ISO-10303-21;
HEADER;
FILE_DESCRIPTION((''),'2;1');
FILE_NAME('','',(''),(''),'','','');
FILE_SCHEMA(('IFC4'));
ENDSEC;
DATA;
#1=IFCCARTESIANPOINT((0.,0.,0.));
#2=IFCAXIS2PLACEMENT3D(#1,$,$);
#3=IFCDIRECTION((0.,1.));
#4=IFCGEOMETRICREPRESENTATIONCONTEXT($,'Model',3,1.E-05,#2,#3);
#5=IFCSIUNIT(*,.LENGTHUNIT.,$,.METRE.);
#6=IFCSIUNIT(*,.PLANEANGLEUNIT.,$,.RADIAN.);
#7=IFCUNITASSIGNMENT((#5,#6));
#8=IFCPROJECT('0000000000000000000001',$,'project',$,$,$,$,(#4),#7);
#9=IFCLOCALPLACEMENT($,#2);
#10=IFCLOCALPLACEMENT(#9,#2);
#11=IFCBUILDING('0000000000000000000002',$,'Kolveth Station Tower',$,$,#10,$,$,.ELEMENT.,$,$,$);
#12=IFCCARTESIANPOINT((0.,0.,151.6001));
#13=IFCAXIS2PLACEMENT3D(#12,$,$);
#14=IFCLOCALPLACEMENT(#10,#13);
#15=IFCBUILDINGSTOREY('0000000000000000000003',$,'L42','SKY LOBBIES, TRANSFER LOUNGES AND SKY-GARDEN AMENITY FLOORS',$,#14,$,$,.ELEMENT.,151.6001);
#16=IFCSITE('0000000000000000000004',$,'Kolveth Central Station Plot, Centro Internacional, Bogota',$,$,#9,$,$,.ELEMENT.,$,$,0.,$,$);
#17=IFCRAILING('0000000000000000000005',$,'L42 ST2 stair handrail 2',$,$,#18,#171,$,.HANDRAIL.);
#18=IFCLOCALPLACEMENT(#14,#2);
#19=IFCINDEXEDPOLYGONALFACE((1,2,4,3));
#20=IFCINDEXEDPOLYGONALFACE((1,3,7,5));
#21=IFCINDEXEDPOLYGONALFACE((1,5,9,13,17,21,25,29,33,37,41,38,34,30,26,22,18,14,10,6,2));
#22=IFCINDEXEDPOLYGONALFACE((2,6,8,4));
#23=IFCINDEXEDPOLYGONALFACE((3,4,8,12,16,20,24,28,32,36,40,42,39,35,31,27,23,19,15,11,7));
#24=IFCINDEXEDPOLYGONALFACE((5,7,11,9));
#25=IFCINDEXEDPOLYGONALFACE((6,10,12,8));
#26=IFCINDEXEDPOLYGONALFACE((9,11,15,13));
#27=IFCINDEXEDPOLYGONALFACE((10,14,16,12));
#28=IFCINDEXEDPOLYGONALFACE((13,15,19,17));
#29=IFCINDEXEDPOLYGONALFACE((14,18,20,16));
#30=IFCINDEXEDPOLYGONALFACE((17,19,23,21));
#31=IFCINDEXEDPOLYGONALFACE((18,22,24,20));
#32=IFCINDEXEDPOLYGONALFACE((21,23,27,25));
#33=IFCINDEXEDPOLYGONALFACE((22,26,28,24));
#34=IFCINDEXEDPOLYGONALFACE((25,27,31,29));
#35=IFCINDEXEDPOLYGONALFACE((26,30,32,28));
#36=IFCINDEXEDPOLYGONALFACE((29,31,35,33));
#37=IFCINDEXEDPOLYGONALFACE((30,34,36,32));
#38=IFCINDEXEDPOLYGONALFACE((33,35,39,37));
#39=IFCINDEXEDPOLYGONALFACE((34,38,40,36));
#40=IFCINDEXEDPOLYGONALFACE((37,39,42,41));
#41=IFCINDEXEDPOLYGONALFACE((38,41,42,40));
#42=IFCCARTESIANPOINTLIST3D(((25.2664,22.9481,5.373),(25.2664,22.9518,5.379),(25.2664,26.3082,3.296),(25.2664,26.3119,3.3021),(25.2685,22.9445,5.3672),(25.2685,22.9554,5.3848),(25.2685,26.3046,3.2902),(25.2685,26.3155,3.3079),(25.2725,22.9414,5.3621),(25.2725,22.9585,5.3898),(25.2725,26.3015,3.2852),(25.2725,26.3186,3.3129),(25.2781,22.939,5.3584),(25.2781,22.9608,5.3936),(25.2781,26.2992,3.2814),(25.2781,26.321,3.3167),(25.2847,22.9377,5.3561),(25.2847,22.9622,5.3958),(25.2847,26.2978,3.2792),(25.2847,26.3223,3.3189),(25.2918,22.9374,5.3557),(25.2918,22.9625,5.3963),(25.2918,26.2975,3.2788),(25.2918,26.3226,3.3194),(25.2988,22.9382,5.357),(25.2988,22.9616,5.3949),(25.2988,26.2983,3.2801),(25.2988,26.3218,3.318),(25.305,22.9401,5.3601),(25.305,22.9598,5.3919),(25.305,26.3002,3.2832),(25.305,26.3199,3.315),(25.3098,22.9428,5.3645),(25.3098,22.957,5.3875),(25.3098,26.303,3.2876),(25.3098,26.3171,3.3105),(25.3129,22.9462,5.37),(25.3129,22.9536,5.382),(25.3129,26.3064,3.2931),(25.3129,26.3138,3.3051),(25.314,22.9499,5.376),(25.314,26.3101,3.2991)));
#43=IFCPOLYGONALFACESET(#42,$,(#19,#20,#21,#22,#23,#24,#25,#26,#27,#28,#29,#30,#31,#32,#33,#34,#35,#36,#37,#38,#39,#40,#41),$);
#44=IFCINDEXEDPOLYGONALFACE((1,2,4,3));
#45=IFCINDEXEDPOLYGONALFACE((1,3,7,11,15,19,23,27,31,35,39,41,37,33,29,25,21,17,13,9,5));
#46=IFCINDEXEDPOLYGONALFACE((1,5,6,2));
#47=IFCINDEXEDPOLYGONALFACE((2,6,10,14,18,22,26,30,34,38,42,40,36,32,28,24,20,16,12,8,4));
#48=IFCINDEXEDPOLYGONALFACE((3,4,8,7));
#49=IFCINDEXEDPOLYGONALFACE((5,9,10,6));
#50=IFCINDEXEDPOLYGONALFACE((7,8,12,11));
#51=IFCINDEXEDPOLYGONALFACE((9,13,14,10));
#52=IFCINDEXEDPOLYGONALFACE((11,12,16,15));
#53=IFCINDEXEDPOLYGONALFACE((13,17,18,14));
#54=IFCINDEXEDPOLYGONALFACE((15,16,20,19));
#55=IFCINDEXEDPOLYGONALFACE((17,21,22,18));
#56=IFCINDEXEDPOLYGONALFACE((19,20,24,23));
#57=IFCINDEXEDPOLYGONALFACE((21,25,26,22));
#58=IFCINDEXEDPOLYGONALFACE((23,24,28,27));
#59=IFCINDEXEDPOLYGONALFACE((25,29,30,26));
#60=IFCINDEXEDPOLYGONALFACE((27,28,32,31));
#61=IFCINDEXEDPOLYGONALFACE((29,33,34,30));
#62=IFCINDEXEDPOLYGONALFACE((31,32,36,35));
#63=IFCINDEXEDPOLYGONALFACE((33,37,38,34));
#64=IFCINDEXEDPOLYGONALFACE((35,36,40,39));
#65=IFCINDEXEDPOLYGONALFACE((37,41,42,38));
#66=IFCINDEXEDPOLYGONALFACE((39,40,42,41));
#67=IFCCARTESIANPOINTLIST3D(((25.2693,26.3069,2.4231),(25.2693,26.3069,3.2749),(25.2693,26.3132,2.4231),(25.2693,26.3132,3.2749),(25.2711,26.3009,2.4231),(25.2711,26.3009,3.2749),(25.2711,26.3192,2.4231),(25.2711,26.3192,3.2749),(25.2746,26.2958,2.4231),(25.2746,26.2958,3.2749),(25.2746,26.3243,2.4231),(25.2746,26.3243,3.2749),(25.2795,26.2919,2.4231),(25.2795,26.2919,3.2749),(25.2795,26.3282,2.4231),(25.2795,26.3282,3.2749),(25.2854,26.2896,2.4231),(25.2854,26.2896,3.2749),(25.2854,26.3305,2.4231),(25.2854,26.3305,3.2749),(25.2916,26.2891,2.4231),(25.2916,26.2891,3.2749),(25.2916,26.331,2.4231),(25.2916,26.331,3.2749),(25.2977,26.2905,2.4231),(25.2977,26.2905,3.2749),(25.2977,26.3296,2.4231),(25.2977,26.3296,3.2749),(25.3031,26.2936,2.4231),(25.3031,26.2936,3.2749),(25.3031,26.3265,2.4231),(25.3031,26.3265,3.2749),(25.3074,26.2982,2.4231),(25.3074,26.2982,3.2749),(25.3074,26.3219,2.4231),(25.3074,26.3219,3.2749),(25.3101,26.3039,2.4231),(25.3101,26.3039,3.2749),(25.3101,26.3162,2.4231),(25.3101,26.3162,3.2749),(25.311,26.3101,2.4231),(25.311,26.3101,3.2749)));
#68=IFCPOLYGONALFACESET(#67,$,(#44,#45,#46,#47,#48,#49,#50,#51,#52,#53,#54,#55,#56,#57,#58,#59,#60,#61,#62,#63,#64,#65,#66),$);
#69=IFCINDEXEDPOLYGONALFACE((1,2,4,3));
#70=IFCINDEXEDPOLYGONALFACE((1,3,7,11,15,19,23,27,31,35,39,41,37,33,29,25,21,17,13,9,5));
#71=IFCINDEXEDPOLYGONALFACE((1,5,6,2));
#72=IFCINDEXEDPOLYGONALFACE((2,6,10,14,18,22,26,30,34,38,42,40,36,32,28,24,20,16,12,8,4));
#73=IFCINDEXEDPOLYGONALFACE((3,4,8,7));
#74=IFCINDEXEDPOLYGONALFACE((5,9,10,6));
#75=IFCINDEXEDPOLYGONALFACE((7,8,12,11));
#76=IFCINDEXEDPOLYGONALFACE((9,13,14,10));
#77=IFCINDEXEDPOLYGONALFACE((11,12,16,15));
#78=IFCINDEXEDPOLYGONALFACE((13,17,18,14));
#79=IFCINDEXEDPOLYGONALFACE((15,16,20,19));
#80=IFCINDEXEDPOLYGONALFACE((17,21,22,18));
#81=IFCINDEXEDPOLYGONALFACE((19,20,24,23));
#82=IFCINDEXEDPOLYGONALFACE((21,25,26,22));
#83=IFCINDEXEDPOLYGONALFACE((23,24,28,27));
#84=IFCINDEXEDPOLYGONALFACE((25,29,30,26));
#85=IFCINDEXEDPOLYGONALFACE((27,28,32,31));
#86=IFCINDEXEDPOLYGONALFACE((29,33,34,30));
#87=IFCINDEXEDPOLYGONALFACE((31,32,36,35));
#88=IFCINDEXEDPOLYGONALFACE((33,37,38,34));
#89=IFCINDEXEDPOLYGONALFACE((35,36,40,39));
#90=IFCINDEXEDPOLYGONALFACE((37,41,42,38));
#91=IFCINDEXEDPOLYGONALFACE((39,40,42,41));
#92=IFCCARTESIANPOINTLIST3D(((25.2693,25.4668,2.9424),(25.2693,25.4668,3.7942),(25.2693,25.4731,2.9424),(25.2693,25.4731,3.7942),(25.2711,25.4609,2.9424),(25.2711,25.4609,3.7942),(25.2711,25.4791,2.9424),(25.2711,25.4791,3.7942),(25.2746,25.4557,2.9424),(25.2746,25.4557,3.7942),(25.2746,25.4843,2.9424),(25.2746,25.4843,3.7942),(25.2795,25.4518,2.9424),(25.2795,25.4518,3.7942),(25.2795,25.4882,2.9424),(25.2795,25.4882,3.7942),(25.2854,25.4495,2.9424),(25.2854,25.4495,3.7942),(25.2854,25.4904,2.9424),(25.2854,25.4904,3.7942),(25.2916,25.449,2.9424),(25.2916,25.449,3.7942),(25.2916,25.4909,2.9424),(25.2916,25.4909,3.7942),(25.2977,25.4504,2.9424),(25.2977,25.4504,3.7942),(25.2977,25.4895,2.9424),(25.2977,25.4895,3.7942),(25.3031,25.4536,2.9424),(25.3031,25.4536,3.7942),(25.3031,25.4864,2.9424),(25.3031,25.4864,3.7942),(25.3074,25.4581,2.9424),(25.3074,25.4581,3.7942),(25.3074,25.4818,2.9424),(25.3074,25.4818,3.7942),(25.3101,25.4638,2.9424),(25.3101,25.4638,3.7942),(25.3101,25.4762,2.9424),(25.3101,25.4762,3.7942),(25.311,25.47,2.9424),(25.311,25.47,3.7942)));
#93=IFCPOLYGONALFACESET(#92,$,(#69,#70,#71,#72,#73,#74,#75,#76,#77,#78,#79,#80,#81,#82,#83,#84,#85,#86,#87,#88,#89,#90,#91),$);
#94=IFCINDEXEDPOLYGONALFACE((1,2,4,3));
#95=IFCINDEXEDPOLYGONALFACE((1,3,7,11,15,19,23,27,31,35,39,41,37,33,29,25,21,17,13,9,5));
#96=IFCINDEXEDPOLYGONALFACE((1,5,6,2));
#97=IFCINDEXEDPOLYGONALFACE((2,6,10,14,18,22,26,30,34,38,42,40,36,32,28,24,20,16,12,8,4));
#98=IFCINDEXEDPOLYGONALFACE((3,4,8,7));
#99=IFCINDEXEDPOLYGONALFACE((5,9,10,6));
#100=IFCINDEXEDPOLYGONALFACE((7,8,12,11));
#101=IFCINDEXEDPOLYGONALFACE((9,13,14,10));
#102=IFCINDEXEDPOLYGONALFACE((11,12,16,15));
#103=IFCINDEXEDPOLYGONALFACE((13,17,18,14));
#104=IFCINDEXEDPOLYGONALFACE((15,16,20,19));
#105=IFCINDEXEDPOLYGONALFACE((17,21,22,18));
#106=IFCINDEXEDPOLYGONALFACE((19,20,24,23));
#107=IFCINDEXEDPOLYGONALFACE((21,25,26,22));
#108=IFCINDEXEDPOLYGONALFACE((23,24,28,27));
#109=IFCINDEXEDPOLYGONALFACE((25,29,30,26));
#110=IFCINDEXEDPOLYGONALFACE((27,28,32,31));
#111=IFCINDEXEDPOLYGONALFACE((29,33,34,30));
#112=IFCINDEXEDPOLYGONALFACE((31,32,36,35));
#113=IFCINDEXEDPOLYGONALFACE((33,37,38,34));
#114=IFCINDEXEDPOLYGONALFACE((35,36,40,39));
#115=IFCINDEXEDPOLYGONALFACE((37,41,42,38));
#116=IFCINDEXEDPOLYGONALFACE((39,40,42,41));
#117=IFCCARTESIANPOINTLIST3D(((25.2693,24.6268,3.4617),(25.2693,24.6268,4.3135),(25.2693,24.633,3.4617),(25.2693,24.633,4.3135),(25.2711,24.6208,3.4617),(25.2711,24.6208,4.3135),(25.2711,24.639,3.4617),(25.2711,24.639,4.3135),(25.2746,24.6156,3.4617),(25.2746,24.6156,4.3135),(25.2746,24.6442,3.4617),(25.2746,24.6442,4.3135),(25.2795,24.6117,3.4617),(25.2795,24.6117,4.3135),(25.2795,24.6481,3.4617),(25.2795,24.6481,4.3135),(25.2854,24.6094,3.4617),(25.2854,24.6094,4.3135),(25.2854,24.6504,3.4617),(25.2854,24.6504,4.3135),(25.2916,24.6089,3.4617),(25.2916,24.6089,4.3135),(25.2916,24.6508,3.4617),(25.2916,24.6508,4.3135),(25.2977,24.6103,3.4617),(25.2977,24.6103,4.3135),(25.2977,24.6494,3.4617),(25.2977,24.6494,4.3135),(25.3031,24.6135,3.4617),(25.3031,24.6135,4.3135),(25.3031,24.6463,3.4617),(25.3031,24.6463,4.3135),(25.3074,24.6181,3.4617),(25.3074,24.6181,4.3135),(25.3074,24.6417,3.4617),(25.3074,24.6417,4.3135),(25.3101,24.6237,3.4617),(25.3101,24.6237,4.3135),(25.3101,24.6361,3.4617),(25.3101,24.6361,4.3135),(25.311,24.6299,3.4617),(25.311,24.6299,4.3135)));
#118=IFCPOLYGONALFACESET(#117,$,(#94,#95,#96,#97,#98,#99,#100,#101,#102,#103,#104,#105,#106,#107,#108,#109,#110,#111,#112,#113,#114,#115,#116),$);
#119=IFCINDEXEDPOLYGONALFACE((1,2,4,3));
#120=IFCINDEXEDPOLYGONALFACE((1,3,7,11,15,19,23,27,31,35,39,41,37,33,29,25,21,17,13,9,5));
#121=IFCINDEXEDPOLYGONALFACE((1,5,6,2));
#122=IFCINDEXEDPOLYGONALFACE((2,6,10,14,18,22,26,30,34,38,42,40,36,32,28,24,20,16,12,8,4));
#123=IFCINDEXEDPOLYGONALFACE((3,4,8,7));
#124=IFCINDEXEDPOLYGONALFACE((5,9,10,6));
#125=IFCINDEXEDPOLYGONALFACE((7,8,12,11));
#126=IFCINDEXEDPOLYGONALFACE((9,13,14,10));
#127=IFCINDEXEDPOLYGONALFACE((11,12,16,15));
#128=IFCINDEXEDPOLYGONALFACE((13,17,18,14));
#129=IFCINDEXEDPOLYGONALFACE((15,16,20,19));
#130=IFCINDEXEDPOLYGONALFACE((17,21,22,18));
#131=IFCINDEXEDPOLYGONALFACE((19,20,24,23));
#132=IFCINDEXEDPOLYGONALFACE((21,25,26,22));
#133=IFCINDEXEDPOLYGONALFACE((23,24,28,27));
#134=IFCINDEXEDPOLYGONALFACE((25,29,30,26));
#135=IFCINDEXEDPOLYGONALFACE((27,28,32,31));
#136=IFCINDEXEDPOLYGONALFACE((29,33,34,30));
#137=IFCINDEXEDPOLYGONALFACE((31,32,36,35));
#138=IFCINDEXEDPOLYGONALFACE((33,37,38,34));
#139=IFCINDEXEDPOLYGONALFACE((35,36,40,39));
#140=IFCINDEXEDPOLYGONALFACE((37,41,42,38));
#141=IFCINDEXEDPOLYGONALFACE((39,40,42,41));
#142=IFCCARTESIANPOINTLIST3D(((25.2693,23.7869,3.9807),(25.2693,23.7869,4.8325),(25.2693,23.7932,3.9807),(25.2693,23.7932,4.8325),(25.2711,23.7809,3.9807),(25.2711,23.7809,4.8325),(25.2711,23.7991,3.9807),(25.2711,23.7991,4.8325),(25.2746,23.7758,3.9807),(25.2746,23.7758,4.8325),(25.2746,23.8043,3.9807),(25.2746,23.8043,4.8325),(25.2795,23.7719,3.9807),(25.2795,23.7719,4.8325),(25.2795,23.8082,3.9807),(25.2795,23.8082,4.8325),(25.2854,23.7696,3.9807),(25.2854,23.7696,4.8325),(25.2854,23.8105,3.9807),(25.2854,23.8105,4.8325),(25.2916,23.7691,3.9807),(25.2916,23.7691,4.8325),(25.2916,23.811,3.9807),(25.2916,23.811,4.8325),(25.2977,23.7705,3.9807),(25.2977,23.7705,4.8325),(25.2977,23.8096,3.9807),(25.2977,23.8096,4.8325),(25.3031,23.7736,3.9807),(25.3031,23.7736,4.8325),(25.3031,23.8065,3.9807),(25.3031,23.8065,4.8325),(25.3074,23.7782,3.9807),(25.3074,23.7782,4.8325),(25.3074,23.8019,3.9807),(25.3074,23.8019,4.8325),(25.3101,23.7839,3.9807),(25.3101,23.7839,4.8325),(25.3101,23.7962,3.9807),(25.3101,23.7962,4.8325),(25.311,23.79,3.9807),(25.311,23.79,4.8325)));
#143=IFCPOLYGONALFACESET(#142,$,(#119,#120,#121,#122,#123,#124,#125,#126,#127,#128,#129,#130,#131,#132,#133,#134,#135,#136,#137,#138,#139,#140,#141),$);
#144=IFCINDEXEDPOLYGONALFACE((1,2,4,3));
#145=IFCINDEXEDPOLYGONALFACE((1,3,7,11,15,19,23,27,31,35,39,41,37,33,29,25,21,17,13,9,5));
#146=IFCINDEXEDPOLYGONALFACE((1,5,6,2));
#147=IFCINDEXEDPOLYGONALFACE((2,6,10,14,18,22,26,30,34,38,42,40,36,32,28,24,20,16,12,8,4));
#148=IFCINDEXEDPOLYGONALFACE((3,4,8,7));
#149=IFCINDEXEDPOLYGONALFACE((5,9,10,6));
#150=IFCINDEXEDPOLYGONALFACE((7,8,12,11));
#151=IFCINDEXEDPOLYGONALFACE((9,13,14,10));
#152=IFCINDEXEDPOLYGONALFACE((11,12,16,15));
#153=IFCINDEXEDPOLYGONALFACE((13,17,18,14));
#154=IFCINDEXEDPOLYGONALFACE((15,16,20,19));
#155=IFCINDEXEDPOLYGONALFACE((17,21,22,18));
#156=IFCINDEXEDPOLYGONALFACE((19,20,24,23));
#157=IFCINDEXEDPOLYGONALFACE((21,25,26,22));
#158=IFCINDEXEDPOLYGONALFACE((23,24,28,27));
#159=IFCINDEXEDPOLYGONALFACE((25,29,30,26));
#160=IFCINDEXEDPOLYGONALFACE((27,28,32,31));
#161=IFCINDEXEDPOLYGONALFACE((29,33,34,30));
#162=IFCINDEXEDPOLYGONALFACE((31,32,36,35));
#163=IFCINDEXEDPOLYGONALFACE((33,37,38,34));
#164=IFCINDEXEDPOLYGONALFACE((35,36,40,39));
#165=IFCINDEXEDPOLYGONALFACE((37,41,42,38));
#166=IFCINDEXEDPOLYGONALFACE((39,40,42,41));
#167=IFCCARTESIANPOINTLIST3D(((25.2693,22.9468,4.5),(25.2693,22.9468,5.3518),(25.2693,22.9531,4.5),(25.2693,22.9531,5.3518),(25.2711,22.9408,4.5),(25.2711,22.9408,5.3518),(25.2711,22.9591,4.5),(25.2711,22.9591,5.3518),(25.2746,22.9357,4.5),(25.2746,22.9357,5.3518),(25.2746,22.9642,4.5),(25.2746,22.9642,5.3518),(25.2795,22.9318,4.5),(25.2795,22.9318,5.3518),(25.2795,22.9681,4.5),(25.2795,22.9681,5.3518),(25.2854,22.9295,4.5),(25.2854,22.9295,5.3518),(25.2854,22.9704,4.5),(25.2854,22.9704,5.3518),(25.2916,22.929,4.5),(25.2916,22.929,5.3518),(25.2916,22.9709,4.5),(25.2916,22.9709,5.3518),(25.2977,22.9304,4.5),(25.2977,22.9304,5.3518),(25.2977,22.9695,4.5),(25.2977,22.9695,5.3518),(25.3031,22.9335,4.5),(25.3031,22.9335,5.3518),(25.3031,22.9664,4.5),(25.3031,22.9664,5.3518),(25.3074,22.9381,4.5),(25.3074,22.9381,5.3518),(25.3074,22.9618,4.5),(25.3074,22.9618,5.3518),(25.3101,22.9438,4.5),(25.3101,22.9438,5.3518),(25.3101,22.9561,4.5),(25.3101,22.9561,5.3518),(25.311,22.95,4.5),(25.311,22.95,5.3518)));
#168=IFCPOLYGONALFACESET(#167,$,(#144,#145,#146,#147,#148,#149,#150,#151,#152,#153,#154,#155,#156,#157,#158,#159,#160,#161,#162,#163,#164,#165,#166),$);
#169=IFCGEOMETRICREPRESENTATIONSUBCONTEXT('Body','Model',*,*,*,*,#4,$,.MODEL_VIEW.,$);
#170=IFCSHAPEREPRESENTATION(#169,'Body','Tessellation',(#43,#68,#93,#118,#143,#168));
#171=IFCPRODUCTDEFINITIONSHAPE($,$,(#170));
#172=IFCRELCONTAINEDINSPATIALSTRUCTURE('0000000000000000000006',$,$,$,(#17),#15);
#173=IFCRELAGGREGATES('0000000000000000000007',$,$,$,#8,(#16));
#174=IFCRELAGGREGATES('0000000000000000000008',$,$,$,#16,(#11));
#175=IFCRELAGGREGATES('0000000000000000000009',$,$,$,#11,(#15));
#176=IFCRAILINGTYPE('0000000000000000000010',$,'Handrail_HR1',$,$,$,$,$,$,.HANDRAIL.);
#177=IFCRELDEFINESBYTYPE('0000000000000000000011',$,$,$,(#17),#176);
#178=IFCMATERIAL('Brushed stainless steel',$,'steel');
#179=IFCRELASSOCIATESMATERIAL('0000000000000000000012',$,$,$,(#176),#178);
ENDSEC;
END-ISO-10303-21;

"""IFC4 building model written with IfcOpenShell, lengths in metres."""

from ifc_helpers import new_model, si_unit, direction, frame, origin, origin_2d, place, context, subcontext, project, spatial, circle, extrude, material, type_object, element, save


model = new_model("IFC4")

# Units and contexts
model_context = context("Model", 3, precision=1e-05, world=origin(), true_north=direction((0.0, 1.0)))
body_context = subcontext(model_context, "Body", "Model", "MODEL_VIEW")
ifc_project = project(units=[si_unit("LENGTHUNIT", "METRE"), si_unit("PLANEANGLEUNIT", "RADIAN")], contexts=[model_context])

# Site, building, storey
site_placement = place(None, origin())
site = spatial("IfcSite", under=ifc_project, at=site_placement, Name="Kolveth Central Station Plot, Centro Internacional, Bogota", CompositionType="ELEMENT", RefElevation=0.0)
building_placement = place(site_placement, origin())
building = spatial("IfcBuilding", under=site, at=building_placement, Name="Kolveth Station Tower", CompositionType="ELEMENT")
storey_placement = place(building_placement, frame((0.0, 0.0, 151.6001)))
storey = spatial("IfcBuildingStorey", under=building, at=storey_placement, Name="L42", Description="SKY LOBBIES, TRANSFER LOUNGES AND SKY-GARDEN AMENITY FLOORS", CompositionType="ELEMENT", Elevation=151.6001)

# Railing
ifc_material_1 = material(Name="Brushed stainless steel", Category="steel")
railing_type_1 = type_object("IfcRailingType", Name="Handrail_HR1", PredefinedType="HANDRAIL", material=ifc_material_1)
railing_1_placement = place(storey_placement, frame((25.29, 26.3101, 2.4231)))
element("IfcRailing", 1, at=railing_1_placement, inside=storey, type_object=railing_type_1, Name="L42 ST2 stair handrail 2", PredefinedType="HANDRAIL", context=body_context, shape_type="SweptSolid", body=[
    extrude(circle(Radius=0.0239, at=origin_2d()), frame((0.0, 0.0, 0.876), z_axis=(0.0, -0.850623, 0.525776), x_axis=(1.0, 0.0, 0.0)), (0.0, 0.0, 1.0), 3.9502),
    extrude(circle(Radius=0.021, at=origin_2d()), origin(), (0.0, 0.0, 1.0), 0.8518),
    extrude(circle(Radius=0.021, at=origin_2d()), frame((0.0, -0.8401, 0.5193)), (0.0, 0.0, 1.0), 0.8518),
    extrude(circle(Radius=0.021, at=origin_2d()), frame((0.0, -1.6802, 1.0386)), (0.0, 0.0, 1.0), 0.8518),
    extrude(circle(Radius=0.021, at=origin_2d()), frame((0.0, -2.52, 1.5576)), (0.0, 0.0, 1.0), 0.8518),
    extrude(circle(Radius=0.021, at=origin_2d()), frame((0.0, -3.3601, 2.0769)), (0.0, 0.0, 1.0), 0.8518),
])

save(model, "model.ifc")
